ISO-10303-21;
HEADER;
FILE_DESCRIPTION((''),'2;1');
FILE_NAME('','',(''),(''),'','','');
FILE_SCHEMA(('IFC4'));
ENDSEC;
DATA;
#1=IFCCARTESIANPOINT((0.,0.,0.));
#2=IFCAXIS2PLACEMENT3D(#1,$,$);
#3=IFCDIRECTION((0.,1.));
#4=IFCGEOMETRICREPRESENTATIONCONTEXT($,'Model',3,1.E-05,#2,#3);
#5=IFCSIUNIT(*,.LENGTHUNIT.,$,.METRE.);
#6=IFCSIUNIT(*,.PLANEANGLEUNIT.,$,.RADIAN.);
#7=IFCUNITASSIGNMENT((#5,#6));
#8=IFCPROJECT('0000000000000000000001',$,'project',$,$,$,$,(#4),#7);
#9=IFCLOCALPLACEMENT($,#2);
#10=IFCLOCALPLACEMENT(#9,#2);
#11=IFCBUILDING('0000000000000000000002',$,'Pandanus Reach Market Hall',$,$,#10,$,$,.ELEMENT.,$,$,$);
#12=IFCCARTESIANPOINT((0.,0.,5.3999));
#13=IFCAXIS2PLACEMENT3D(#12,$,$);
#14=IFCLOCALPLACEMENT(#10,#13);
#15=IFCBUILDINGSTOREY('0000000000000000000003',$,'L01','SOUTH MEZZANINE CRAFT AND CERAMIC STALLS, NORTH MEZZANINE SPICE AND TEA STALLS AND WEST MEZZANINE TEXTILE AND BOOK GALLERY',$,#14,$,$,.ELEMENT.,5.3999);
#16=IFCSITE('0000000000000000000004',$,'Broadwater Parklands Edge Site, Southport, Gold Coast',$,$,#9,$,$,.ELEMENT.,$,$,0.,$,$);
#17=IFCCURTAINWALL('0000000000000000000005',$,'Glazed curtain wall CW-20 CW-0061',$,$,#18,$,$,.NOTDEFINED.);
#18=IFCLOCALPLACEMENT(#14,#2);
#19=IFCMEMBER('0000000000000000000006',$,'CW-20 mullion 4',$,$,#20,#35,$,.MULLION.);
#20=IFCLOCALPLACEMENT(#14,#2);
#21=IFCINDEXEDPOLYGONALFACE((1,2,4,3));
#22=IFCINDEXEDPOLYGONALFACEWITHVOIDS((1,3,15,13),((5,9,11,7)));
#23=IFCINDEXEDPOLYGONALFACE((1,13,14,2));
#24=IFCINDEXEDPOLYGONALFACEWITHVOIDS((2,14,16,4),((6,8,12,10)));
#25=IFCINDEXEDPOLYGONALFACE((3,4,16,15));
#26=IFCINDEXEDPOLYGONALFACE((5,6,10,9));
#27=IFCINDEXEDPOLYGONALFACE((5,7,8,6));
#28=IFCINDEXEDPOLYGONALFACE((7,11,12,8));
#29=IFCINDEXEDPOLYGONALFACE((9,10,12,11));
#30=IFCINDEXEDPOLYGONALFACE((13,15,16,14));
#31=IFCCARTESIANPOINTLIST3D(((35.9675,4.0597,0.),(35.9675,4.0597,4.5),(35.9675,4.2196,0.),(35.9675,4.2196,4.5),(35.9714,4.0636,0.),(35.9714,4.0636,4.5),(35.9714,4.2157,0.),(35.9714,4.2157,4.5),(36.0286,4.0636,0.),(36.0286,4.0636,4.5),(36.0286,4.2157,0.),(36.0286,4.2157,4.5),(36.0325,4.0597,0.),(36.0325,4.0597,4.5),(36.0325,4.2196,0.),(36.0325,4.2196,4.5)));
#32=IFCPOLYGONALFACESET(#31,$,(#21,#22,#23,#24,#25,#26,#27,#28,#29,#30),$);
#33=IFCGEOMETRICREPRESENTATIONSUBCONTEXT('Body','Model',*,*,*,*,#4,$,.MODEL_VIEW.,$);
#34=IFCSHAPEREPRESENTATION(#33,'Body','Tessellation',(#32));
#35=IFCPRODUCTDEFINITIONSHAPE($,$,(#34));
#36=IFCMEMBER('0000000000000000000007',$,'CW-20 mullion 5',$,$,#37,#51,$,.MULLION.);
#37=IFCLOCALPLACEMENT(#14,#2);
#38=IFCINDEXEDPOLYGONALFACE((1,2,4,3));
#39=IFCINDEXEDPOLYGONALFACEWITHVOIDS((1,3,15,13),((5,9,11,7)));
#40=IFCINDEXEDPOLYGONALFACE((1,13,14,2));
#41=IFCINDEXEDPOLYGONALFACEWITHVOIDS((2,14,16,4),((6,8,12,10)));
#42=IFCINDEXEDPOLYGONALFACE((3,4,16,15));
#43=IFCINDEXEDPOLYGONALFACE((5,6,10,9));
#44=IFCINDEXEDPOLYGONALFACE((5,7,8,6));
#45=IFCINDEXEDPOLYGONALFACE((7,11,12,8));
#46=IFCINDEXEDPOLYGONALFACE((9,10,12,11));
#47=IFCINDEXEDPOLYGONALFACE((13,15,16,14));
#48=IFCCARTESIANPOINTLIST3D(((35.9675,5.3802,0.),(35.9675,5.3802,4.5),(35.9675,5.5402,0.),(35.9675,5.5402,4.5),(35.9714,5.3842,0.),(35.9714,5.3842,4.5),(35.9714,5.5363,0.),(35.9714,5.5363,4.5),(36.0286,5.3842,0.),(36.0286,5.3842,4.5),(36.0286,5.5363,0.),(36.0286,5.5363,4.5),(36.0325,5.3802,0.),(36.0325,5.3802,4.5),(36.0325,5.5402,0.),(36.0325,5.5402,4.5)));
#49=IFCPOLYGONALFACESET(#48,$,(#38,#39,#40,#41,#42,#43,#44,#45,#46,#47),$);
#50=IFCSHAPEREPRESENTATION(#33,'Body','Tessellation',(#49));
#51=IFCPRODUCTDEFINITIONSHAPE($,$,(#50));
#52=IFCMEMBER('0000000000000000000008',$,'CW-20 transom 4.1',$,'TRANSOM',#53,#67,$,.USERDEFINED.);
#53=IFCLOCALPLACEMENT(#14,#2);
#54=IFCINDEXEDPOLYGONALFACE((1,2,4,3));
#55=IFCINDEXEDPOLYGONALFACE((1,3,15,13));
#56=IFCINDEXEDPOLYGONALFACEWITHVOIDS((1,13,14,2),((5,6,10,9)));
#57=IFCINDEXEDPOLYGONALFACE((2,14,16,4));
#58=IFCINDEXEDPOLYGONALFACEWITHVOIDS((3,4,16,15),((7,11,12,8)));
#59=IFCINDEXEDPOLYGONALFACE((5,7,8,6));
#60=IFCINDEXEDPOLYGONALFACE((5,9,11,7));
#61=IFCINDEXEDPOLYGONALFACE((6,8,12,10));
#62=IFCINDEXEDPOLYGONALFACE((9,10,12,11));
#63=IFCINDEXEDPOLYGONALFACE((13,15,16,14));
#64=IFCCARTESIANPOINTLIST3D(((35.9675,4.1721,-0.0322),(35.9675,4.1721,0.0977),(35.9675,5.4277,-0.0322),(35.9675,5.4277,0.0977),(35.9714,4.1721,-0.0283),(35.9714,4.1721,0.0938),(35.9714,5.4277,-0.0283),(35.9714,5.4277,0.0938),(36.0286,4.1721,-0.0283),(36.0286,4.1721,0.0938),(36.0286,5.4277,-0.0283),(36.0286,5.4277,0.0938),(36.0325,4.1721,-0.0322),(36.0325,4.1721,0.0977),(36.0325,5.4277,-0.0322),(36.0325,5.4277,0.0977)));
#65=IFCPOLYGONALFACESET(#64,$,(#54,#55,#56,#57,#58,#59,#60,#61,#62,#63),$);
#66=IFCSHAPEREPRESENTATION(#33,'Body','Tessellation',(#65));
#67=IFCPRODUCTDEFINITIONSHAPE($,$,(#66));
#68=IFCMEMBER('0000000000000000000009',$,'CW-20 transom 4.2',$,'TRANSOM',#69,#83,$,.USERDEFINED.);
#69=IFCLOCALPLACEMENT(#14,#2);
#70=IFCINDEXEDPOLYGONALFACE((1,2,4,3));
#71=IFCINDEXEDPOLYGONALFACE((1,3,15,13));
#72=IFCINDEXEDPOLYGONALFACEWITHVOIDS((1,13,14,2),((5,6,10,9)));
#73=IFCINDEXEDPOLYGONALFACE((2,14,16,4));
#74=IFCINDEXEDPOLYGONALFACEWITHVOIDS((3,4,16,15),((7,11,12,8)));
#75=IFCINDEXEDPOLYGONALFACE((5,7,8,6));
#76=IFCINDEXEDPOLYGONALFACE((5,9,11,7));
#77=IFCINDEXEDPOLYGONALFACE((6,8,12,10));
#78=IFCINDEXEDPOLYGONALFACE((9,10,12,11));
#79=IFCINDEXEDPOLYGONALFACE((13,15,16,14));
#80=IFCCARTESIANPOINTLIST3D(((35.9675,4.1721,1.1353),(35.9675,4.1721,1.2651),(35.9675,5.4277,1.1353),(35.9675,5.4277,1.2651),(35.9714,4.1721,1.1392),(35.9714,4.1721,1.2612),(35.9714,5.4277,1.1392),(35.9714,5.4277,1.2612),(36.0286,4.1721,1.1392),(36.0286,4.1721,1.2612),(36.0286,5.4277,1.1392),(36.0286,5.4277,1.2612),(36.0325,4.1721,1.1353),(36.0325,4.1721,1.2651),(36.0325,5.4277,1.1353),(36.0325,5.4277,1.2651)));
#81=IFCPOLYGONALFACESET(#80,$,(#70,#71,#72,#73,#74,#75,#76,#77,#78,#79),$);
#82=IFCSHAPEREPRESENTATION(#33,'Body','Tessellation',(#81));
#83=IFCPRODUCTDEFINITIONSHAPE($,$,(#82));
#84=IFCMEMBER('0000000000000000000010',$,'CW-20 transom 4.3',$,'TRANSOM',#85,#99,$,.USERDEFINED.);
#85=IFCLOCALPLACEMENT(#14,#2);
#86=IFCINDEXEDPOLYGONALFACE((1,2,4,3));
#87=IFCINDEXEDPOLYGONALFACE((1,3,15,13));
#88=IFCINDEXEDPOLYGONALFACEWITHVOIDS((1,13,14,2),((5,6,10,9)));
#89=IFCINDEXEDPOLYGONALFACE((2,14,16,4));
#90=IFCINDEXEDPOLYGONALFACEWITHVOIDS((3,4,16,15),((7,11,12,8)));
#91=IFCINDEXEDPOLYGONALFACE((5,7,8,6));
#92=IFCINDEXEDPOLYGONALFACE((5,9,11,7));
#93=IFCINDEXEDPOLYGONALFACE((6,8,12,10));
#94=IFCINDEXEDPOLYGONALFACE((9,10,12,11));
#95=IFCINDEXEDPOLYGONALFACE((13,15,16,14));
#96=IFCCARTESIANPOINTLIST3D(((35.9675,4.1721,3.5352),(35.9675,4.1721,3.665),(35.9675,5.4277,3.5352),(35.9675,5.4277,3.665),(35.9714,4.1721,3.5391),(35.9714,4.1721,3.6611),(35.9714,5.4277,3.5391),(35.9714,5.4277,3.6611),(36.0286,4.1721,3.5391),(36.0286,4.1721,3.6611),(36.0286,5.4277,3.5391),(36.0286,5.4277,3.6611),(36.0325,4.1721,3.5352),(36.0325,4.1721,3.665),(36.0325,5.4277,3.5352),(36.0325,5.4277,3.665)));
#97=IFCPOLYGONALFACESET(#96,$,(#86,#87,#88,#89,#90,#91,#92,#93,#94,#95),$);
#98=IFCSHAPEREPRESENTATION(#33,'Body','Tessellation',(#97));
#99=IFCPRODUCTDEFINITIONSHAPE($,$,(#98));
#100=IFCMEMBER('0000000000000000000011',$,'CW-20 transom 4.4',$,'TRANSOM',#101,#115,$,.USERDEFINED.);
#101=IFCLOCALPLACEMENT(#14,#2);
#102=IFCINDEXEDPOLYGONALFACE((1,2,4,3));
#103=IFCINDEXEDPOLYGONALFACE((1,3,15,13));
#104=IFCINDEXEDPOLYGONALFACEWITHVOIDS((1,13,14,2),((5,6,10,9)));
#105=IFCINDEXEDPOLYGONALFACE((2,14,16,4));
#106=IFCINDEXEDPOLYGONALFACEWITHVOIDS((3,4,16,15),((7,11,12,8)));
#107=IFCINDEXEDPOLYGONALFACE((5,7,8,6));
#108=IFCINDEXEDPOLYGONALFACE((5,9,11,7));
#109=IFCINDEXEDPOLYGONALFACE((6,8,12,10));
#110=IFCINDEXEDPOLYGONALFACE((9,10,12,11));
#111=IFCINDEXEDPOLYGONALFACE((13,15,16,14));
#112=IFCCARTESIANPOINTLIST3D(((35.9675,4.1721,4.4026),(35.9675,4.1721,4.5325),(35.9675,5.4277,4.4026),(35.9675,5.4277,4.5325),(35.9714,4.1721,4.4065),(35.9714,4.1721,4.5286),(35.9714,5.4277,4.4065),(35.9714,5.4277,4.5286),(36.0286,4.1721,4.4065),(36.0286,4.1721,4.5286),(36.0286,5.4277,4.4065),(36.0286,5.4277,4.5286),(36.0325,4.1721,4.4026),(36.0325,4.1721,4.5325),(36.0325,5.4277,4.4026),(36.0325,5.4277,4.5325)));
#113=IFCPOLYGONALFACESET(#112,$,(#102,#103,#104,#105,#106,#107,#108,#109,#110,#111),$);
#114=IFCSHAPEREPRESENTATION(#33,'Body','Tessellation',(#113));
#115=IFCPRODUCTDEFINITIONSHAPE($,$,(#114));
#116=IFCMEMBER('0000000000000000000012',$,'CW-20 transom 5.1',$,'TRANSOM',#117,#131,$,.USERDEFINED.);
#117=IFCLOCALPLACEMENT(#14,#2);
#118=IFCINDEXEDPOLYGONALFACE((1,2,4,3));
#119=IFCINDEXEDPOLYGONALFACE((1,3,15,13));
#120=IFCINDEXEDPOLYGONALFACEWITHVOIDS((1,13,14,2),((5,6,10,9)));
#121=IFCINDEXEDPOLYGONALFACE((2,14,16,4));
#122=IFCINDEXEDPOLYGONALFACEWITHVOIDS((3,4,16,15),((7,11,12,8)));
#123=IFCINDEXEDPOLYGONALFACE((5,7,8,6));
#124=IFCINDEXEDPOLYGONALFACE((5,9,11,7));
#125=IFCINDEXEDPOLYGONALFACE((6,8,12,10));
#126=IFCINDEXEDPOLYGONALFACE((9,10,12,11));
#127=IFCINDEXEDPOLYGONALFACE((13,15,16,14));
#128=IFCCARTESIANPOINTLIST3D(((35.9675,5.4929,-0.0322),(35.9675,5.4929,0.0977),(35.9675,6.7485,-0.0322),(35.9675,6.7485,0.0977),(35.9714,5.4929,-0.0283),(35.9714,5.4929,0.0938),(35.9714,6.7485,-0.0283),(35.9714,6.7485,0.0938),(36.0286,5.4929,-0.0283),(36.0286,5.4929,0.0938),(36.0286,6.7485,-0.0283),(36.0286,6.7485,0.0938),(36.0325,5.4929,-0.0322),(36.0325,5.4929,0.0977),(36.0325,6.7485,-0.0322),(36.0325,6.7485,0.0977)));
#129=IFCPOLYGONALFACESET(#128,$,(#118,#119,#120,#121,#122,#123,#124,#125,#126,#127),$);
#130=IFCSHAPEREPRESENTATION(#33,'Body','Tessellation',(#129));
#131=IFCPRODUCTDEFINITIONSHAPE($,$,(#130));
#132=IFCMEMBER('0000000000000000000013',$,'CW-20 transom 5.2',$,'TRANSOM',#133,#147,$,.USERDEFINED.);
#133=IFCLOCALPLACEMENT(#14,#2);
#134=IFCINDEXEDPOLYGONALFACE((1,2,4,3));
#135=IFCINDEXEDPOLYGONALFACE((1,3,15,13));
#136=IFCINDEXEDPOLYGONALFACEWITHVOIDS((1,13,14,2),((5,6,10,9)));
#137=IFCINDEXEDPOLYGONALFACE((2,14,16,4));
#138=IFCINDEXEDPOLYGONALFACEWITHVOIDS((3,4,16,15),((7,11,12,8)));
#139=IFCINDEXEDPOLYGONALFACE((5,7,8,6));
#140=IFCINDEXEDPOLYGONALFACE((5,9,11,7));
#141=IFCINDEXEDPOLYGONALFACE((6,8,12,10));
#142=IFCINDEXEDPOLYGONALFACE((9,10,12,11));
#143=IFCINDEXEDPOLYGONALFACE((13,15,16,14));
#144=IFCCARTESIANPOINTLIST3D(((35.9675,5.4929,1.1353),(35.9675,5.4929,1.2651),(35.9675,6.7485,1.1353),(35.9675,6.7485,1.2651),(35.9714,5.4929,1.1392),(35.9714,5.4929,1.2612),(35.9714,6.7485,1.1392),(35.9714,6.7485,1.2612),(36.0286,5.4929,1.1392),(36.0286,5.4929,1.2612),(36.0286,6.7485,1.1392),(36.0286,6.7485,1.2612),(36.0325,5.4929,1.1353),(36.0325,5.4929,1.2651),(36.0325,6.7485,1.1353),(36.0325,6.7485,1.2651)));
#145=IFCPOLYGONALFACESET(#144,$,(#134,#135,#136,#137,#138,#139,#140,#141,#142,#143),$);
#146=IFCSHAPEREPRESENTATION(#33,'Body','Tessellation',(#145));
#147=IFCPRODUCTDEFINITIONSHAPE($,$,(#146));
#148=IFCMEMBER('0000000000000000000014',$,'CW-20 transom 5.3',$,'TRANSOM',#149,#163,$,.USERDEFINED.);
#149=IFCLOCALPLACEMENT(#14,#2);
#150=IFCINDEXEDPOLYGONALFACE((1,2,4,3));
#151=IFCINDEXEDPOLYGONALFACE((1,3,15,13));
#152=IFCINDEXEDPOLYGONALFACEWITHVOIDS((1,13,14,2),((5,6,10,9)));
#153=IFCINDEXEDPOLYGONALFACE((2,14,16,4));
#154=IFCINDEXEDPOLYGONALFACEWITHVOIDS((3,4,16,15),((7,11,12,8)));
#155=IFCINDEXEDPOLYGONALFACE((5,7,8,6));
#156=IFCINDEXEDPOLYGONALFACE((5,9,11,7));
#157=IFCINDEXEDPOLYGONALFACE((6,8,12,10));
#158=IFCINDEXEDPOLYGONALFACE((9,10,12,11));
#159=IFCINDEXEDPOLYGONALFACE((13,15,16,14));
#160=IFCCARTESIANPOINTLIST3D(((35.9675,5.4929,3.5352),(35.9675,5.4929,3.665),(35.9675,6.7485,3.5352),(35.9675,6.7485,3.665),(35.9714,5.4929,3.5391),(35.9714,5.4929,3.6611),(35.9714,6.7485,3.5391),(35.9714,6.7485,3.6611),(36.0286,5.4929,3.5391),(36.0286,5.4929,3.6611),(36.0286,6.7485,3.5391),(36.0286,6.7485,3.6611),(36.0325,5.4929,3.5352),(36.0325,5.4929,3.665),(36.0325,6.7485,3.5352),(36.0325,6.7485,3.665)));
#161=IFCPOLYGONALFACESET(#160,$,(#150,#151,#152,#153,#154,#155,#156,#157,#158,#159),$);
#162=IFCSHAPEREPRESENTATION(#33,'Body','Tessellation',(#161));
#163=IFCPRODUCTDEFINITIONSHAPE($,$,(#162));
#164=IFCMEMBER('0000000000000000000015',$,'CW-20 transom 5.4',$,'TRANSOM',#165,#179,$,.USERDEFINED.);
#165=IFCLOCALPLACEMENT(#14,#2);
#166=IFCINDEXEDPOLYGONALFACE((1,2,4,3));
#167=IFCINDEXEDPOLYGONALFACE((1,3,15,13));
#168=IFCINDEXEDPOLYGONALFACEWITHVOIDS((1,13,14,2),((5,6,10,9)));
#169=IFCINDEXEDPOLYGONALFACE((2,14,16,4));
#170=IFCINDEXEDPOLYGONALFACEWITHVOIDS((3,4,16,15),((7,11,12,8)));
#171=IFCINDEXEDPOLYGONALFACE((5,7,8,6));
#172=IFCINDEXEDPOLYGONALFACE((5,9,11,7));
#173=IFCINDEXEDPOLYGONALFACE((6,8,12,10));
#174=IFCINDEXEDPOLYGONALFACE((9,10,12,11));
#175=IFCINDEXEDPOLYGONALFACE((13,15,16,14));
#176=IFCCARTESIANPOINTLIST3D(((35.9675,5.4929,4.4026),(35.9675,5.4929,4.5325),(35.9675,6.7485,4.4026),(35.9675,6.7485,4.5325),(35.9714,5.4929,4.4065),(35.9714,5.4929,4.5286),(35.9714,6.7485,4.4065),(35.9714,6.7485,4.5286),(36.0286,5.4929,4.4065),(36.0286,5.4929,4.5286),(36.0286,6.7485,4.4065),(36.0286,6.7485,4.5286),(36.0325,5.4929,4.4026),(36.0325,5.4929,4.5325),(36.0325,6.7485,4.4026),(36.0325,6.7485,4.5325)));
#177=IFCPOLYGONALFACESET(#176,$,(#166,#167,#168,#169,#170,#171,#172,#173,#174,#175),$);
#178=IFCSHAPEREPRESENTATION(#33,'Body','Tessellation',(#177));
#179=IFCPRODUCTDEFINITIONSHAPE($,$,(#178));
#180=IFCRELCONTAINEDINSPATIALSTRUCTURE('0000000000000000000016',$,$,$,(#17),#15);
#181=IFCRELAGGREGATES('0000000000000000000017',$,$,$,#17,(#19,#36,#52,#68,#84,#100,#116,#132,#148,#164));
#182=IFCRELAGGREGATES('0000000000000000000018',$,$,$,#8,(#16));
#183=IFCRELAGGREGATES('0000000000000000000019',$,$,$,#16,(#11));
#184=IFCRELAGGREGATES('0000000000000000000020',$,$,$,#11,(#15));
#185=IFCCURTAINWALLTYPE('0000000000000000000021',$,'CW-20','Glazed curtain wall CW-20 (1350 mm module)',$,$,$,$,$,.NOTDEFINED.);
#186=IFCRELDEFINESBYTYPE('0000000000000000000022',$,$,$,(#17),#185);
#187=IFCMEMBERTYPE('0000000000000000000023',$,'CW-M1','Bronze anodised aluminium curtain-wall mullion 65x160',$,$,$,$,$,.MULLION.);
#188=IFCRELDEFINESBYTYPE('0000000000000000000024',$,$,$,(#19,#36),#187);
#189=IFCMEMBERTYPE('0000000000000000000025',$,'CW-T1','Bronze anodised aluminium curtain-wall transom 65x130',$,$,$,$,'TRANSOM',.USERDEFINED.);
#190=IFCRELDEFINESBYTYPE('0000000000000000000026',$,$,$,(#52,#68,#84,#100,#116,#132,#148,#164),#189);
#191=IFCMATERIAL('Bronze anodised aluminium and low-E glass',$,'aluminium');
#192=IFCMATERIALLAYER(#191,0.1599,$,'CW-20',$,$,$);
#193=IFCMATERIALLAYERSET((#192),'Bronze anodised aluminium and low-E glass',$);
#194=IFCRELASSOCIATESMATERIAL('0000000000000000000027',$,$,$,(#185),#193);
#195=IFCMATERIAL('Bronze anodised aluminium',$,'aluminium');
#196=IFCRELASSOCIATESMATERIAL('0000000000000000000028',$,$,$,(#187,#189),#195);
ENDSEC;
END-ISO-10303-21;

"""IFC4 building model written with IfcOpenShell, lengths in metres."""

from ifc_helpers import new_model, si_unit, direction, frame, origin, origin_2d, place, context, subcontext, project, spatial, hollow_rectangle, extrude, material, layer, layer_set, material_profile, profile_set, type_object, element, aggregate, save


model = new_model("IFC4")

# Units and contexts
model_context = context("Model", 3, precision=1e-05, world=origin(), true_north=direction((0.0, 1.0)))
body_context = subcontext(model_context, "Body", "Model", "MODEL_VIEW")
ifc_project = project(units=[si_unit("LENGTHUNIT", "METRE"), si_unit("PLANEANGLEUNIT", "RADIAN")], contexts=[model_context])

# Site, building, storey
site_placement = place(None, origin())
site = spatial("IfcSite", under=ifc_project, at=site_placement, Name="Broadwater Parklands Edge Site, Southport, Gold Coast", CompositionType="ELEMENT", RefElevation=0.0)
building_placement = place(site_placement, origin())
building = spatial("IfcBuilding", under=site, at=building_placement, Name="Pandanus Reach Market Hall", CompositionType="ELEMENT")
storey_placement = place(building_placement, frame((0.0, 0.0, 5.3999)))
storey = spatial("IfcBuildingStorey", under=building, at=storey_placement, Name="L01", Description="SOUTH MEZZANINE CRAFT AND CERAMIC STALLS, NORTH MEZZANINE SPICE AND TEA STALLS AND WEST MEZZANINE TEXTILE AND BOOK GALLERY", CompositionType="ELEMENT", Elevation=5.3999)

# Curtain wall, members
ifc_material_1 = material(Name="Bronze anodised aluminium and low-E glass", Category="aluminium")
ifc_layer_1 = layer(ifc_material_1, 0.1599, Name="CW-20")
ifc_layer_set_1 = layer_set([ifc_layer_1], Name="Bronze anodised aluminium and low-E glass")
curtain_wall_type = type_object("IfcCurtainWallType", Name="CW-20", Description="Glazed curtain wall CW-20 (1350 mm module)", PredefinedType="NOTDEFINED", material=ifc_layer_set_1)
curtain_wall_placement = place(storey_placement, origin())
curtain_wall = element("IfcCurtainWall", 1, at=curtain_wall_placement, inside=storey, type_object=curtain_wall_type, Name="Glazed curtain wall CW-20 CW-0061", PredefinedType="NOTDEFINED")
ifc_material_2 = material(Name="Bronze anodised aluminium", Category="aluminium")
ifc_material_profile_1 = material_profile(ifc_material_2, hollow_rectangle(XDim=0.0649, YDim=0.1599, WallThickness=0.0039, at=origin_2d()), Name="ALU65x160", Category="LoadBearing")
ifc_profile_set_1 = profile_set([ifc_material_profile_1], Name="Bronze anodised aluminium")
member_type_1 = type_object("IfcMemberType", Name="CW-M1", Description="Bronze anodised aluminium curtain-wall mullion 65x160", PredefinedType="MULLION", material=ifc_profile_set_1)
member_1_placement = place(storey_placement, frame((36.0, 4.1396, 0.0), z_axis=(0.0, 0.0, 1.0), x_axis=(-1.0, 0.0, 0.0)))
member_1 = element("IfcMember", 2, at=member_1_placement, type_object=member_type_1, Name="CW-20 mullion 4", PredefinedType="MULLION", context=body_context, shape_type="SweptSolid", body=[
    extrude(hollow_rectangle(XDim=0.0649, YDim=0.1599, WallThickness=0.0039, at=origin_2d()), origin(), (0.0, 0.0, 1.0), 4.5),
])
member_2_placement = place(storey_placement, frame((36.0, 5.4602, 0.0), z_axis=(0.0, 0.0, 1.0), x_axis=(-1.0, 0.0, 0.0)))
member_2 = element("IfcMember", 3, at=member_2_placement, type_object=member_type_1, Name="CW-20 mullion 5", PredefinedType="MULLION", context=body_context, shape_type="SweptSolid", body=[
    extrude(hollow_rectangle(XDim=0.0649, YDim=0.1599, WallThickness=0.0039, at=origin_2d()), origin(), (0.0, 0.0, 1.0), 4.5),
])
ifc_material_profile_2 = material_profile(ifc_material_2, hollow_rectangle(XDim=0.0649, YDim=0.1299, WallThickness=0.0039, at=origin_2d()), Name="ALU65x130", Category="LoadBearing")
ifc_profile_set_2 = profile_set([ifc_material_profile_2], Name="Bronze anodised aluminium")
member_type_2 = type_object("IfcMemberType", Name="CW-T1", Description="Bronze anodised aluminium curtain-wall transom 65x130", ElementType="TRANSOM", PredefinedType="USERDEFINED", material=ifc_profile_set_2)
member_3_placement = place(storey_placement, frame((36.0, 4.1721, 0.0327), z_axis=(0.0, 1.0, 0.0), x_axis=(-1.0, 0.0, 0.0)))
member_3 = element("IfcMember", 4, at=member_3_placement, type_object=member_type_2, Name="CW-20 transom 4.1", ObjectType="TRANSOM", PredefinedType="USERDEFINED", context=body_context, shape_type="SweptSolid", body=[
    extrude(hollow_rectangle(XDim=0.0649, YDim=0.1299, WallThickness=0.0039, at=origin_2d()), origin(), (0.0, 0.0, 1.0), 1.2556),
])
member_4_placement = place(storey_placement, frame((36.0, 4.1721, 1.2002), z_axis=(0.0, 1.0, 0.0), x_axis=(-1.0, 0.0, 0.0)))
member_4 = element("IfcMember", 5, at=member_4_placement, type_object=member_type_2, Name="CW-20 transom 4.2", ObjectType="TRANSOM", PredefinedType="USERDEFINED", context=body_context, shape_type="SweptSolid", body=[
    extrude(hollow_rectangle(XDim=0.0649, YDim=0.1299, WallThickness=0.0039, at=origin_2d()), origin(), (0.0, 0.0, 1.0), 1.2556),
])
member_5_placement = place(storey_placement, frame((36.0, 4.1721, 3.6001), z_axis=(0.0, 1.0, 0.0), x_axis=(-1.0, 0.0, 0.0)))
member_5 = element("IfcMember", 6, at=member_5_placement, type_object=member_type_2, Name="CW-20 transom 4.3", ObjectType="TRANSOM", PredefinedType="USERDEFINED", context=body_context, shape_type="SweptSolid", body=[
    extrude(hollow_rectangle(XDim=0.0649, YDim=0.1299, WallThickness=0.0039, at=origin_2d()), origin(), (0.0, 0.0, 1.0), 1.2556),
])
member_6_placement = place(storey_placement, frame((36.0, 4.1721, 4.4675), z_axis=(0.0, 1.0, 0.0), x_axis=(-1.0, 0.0, 0.0)))
member_6 = element("IfcMember", 7, at=member_6_placement, type_object=member_type_2, Name="CW-20 transom 4.4", ObjectType="TRANSOM", PredefinedType="USERDEFINED", context=body_context, shape_type="SweptSolid", body=[
    extrude(hollow_rectangle(XDim=0.0649, YDim=0.1299, WallThickness=0.0039, at=origin_2d()), origin(), (0.0, 0.0, 1.0), 1.2556),
])
member_7_placement = place(storey_placement, frame((36.0, 5.4929, 0.0327), z_axis=(0.0, 1.0, 0.0), x_axis=(-1.0, 0.0, 0.0)))
member_7 = element("IfcMember", 8, at=member_7_placement, type_object=member_type_2, Name="CW-20 transom 5.1", ObjectType="TRANSOM", PredefinedType="USERDEFINED", context=body_context, shape_type="SweptSolid", body=[
    extrude(hollow_rectangle(XDim=0.0649, YDim=0.1299, WallThickness=0.0039, at=origin_2d()), origin(), (0.0, 0.0, 1.0), 1.2556),
])
member_8_placement = place(storey_placement, frame((36.0, 5.4929, 1.2002), z_axis=(0.0, 1.0, 0.0), x_axis=(-1.0, 0.0, 0.0)))
member_8 = element("IfcMember", 9, at=member_8_placement, type_object=member_type_2, Name="CW-20 transom 5.2", ObjectType="TRANSOM", PredefinedType="USERDEFINED", context=body_context, shape_type="SweptSolid", body=[
    extrude(hollow_rectangle(XDim=0.0649, YDim=0.1299, WallThickness=0.0039, at=origin_2d()), origin(), (0.0, 0.0, 1.0), 1.2556),
])
member_9_placement = place(storey_placement, frame((36.0, 5.4929, 3.6001), z_axis=(0.0, 1.0, 0.0), x_axis=(-1.0, 0.0, 0.0)))
member_9 = element("IfcMember", 10, at=member_9_placement, type_object=member_type_2, Name="CW-20 transom 5.3", ObjectType="TRANSOM", PredefinedType="USERDEFINED", context=body_context, shape_type="SweptSolid", body=[
    extrude(hollow_rectangle(XDim=0.0649, YDim=0.1299, WallThickness=0.0039, at=origin_2d()), origin(), (0.0, 0.0, 1.0), 1.2556),
])
member_10_placement = place(storey_placement, frame((36.0, 5.4929, 4.4675), z_axis=(0.0, 1.0, 0.0), x_axis=(-1.0, 0.0, 0.0)))
member_10 = element("IfcMember", 11, at=member_10_placement, type_object=member_type_2, Name="CW-20 transom 5.4", ObjectType="TRANSOM", PredefinedType="USERDEFINED", context=body_context, shape_type="SweptSolid", body=[
    extrude(hollow_rectangle(XDim=0.0649, YDim=0.1299, WallThickness=0.0039, at=origin_2d()), origin(), (0.0, 0.0, 1.0), 1.2556),
])

aggregate(curtain_wall, [member_1, member_2, member_3, member_4, member_5, member_6, member_7, member_8, member_9, member_10])

save(model, "model.ifc")
